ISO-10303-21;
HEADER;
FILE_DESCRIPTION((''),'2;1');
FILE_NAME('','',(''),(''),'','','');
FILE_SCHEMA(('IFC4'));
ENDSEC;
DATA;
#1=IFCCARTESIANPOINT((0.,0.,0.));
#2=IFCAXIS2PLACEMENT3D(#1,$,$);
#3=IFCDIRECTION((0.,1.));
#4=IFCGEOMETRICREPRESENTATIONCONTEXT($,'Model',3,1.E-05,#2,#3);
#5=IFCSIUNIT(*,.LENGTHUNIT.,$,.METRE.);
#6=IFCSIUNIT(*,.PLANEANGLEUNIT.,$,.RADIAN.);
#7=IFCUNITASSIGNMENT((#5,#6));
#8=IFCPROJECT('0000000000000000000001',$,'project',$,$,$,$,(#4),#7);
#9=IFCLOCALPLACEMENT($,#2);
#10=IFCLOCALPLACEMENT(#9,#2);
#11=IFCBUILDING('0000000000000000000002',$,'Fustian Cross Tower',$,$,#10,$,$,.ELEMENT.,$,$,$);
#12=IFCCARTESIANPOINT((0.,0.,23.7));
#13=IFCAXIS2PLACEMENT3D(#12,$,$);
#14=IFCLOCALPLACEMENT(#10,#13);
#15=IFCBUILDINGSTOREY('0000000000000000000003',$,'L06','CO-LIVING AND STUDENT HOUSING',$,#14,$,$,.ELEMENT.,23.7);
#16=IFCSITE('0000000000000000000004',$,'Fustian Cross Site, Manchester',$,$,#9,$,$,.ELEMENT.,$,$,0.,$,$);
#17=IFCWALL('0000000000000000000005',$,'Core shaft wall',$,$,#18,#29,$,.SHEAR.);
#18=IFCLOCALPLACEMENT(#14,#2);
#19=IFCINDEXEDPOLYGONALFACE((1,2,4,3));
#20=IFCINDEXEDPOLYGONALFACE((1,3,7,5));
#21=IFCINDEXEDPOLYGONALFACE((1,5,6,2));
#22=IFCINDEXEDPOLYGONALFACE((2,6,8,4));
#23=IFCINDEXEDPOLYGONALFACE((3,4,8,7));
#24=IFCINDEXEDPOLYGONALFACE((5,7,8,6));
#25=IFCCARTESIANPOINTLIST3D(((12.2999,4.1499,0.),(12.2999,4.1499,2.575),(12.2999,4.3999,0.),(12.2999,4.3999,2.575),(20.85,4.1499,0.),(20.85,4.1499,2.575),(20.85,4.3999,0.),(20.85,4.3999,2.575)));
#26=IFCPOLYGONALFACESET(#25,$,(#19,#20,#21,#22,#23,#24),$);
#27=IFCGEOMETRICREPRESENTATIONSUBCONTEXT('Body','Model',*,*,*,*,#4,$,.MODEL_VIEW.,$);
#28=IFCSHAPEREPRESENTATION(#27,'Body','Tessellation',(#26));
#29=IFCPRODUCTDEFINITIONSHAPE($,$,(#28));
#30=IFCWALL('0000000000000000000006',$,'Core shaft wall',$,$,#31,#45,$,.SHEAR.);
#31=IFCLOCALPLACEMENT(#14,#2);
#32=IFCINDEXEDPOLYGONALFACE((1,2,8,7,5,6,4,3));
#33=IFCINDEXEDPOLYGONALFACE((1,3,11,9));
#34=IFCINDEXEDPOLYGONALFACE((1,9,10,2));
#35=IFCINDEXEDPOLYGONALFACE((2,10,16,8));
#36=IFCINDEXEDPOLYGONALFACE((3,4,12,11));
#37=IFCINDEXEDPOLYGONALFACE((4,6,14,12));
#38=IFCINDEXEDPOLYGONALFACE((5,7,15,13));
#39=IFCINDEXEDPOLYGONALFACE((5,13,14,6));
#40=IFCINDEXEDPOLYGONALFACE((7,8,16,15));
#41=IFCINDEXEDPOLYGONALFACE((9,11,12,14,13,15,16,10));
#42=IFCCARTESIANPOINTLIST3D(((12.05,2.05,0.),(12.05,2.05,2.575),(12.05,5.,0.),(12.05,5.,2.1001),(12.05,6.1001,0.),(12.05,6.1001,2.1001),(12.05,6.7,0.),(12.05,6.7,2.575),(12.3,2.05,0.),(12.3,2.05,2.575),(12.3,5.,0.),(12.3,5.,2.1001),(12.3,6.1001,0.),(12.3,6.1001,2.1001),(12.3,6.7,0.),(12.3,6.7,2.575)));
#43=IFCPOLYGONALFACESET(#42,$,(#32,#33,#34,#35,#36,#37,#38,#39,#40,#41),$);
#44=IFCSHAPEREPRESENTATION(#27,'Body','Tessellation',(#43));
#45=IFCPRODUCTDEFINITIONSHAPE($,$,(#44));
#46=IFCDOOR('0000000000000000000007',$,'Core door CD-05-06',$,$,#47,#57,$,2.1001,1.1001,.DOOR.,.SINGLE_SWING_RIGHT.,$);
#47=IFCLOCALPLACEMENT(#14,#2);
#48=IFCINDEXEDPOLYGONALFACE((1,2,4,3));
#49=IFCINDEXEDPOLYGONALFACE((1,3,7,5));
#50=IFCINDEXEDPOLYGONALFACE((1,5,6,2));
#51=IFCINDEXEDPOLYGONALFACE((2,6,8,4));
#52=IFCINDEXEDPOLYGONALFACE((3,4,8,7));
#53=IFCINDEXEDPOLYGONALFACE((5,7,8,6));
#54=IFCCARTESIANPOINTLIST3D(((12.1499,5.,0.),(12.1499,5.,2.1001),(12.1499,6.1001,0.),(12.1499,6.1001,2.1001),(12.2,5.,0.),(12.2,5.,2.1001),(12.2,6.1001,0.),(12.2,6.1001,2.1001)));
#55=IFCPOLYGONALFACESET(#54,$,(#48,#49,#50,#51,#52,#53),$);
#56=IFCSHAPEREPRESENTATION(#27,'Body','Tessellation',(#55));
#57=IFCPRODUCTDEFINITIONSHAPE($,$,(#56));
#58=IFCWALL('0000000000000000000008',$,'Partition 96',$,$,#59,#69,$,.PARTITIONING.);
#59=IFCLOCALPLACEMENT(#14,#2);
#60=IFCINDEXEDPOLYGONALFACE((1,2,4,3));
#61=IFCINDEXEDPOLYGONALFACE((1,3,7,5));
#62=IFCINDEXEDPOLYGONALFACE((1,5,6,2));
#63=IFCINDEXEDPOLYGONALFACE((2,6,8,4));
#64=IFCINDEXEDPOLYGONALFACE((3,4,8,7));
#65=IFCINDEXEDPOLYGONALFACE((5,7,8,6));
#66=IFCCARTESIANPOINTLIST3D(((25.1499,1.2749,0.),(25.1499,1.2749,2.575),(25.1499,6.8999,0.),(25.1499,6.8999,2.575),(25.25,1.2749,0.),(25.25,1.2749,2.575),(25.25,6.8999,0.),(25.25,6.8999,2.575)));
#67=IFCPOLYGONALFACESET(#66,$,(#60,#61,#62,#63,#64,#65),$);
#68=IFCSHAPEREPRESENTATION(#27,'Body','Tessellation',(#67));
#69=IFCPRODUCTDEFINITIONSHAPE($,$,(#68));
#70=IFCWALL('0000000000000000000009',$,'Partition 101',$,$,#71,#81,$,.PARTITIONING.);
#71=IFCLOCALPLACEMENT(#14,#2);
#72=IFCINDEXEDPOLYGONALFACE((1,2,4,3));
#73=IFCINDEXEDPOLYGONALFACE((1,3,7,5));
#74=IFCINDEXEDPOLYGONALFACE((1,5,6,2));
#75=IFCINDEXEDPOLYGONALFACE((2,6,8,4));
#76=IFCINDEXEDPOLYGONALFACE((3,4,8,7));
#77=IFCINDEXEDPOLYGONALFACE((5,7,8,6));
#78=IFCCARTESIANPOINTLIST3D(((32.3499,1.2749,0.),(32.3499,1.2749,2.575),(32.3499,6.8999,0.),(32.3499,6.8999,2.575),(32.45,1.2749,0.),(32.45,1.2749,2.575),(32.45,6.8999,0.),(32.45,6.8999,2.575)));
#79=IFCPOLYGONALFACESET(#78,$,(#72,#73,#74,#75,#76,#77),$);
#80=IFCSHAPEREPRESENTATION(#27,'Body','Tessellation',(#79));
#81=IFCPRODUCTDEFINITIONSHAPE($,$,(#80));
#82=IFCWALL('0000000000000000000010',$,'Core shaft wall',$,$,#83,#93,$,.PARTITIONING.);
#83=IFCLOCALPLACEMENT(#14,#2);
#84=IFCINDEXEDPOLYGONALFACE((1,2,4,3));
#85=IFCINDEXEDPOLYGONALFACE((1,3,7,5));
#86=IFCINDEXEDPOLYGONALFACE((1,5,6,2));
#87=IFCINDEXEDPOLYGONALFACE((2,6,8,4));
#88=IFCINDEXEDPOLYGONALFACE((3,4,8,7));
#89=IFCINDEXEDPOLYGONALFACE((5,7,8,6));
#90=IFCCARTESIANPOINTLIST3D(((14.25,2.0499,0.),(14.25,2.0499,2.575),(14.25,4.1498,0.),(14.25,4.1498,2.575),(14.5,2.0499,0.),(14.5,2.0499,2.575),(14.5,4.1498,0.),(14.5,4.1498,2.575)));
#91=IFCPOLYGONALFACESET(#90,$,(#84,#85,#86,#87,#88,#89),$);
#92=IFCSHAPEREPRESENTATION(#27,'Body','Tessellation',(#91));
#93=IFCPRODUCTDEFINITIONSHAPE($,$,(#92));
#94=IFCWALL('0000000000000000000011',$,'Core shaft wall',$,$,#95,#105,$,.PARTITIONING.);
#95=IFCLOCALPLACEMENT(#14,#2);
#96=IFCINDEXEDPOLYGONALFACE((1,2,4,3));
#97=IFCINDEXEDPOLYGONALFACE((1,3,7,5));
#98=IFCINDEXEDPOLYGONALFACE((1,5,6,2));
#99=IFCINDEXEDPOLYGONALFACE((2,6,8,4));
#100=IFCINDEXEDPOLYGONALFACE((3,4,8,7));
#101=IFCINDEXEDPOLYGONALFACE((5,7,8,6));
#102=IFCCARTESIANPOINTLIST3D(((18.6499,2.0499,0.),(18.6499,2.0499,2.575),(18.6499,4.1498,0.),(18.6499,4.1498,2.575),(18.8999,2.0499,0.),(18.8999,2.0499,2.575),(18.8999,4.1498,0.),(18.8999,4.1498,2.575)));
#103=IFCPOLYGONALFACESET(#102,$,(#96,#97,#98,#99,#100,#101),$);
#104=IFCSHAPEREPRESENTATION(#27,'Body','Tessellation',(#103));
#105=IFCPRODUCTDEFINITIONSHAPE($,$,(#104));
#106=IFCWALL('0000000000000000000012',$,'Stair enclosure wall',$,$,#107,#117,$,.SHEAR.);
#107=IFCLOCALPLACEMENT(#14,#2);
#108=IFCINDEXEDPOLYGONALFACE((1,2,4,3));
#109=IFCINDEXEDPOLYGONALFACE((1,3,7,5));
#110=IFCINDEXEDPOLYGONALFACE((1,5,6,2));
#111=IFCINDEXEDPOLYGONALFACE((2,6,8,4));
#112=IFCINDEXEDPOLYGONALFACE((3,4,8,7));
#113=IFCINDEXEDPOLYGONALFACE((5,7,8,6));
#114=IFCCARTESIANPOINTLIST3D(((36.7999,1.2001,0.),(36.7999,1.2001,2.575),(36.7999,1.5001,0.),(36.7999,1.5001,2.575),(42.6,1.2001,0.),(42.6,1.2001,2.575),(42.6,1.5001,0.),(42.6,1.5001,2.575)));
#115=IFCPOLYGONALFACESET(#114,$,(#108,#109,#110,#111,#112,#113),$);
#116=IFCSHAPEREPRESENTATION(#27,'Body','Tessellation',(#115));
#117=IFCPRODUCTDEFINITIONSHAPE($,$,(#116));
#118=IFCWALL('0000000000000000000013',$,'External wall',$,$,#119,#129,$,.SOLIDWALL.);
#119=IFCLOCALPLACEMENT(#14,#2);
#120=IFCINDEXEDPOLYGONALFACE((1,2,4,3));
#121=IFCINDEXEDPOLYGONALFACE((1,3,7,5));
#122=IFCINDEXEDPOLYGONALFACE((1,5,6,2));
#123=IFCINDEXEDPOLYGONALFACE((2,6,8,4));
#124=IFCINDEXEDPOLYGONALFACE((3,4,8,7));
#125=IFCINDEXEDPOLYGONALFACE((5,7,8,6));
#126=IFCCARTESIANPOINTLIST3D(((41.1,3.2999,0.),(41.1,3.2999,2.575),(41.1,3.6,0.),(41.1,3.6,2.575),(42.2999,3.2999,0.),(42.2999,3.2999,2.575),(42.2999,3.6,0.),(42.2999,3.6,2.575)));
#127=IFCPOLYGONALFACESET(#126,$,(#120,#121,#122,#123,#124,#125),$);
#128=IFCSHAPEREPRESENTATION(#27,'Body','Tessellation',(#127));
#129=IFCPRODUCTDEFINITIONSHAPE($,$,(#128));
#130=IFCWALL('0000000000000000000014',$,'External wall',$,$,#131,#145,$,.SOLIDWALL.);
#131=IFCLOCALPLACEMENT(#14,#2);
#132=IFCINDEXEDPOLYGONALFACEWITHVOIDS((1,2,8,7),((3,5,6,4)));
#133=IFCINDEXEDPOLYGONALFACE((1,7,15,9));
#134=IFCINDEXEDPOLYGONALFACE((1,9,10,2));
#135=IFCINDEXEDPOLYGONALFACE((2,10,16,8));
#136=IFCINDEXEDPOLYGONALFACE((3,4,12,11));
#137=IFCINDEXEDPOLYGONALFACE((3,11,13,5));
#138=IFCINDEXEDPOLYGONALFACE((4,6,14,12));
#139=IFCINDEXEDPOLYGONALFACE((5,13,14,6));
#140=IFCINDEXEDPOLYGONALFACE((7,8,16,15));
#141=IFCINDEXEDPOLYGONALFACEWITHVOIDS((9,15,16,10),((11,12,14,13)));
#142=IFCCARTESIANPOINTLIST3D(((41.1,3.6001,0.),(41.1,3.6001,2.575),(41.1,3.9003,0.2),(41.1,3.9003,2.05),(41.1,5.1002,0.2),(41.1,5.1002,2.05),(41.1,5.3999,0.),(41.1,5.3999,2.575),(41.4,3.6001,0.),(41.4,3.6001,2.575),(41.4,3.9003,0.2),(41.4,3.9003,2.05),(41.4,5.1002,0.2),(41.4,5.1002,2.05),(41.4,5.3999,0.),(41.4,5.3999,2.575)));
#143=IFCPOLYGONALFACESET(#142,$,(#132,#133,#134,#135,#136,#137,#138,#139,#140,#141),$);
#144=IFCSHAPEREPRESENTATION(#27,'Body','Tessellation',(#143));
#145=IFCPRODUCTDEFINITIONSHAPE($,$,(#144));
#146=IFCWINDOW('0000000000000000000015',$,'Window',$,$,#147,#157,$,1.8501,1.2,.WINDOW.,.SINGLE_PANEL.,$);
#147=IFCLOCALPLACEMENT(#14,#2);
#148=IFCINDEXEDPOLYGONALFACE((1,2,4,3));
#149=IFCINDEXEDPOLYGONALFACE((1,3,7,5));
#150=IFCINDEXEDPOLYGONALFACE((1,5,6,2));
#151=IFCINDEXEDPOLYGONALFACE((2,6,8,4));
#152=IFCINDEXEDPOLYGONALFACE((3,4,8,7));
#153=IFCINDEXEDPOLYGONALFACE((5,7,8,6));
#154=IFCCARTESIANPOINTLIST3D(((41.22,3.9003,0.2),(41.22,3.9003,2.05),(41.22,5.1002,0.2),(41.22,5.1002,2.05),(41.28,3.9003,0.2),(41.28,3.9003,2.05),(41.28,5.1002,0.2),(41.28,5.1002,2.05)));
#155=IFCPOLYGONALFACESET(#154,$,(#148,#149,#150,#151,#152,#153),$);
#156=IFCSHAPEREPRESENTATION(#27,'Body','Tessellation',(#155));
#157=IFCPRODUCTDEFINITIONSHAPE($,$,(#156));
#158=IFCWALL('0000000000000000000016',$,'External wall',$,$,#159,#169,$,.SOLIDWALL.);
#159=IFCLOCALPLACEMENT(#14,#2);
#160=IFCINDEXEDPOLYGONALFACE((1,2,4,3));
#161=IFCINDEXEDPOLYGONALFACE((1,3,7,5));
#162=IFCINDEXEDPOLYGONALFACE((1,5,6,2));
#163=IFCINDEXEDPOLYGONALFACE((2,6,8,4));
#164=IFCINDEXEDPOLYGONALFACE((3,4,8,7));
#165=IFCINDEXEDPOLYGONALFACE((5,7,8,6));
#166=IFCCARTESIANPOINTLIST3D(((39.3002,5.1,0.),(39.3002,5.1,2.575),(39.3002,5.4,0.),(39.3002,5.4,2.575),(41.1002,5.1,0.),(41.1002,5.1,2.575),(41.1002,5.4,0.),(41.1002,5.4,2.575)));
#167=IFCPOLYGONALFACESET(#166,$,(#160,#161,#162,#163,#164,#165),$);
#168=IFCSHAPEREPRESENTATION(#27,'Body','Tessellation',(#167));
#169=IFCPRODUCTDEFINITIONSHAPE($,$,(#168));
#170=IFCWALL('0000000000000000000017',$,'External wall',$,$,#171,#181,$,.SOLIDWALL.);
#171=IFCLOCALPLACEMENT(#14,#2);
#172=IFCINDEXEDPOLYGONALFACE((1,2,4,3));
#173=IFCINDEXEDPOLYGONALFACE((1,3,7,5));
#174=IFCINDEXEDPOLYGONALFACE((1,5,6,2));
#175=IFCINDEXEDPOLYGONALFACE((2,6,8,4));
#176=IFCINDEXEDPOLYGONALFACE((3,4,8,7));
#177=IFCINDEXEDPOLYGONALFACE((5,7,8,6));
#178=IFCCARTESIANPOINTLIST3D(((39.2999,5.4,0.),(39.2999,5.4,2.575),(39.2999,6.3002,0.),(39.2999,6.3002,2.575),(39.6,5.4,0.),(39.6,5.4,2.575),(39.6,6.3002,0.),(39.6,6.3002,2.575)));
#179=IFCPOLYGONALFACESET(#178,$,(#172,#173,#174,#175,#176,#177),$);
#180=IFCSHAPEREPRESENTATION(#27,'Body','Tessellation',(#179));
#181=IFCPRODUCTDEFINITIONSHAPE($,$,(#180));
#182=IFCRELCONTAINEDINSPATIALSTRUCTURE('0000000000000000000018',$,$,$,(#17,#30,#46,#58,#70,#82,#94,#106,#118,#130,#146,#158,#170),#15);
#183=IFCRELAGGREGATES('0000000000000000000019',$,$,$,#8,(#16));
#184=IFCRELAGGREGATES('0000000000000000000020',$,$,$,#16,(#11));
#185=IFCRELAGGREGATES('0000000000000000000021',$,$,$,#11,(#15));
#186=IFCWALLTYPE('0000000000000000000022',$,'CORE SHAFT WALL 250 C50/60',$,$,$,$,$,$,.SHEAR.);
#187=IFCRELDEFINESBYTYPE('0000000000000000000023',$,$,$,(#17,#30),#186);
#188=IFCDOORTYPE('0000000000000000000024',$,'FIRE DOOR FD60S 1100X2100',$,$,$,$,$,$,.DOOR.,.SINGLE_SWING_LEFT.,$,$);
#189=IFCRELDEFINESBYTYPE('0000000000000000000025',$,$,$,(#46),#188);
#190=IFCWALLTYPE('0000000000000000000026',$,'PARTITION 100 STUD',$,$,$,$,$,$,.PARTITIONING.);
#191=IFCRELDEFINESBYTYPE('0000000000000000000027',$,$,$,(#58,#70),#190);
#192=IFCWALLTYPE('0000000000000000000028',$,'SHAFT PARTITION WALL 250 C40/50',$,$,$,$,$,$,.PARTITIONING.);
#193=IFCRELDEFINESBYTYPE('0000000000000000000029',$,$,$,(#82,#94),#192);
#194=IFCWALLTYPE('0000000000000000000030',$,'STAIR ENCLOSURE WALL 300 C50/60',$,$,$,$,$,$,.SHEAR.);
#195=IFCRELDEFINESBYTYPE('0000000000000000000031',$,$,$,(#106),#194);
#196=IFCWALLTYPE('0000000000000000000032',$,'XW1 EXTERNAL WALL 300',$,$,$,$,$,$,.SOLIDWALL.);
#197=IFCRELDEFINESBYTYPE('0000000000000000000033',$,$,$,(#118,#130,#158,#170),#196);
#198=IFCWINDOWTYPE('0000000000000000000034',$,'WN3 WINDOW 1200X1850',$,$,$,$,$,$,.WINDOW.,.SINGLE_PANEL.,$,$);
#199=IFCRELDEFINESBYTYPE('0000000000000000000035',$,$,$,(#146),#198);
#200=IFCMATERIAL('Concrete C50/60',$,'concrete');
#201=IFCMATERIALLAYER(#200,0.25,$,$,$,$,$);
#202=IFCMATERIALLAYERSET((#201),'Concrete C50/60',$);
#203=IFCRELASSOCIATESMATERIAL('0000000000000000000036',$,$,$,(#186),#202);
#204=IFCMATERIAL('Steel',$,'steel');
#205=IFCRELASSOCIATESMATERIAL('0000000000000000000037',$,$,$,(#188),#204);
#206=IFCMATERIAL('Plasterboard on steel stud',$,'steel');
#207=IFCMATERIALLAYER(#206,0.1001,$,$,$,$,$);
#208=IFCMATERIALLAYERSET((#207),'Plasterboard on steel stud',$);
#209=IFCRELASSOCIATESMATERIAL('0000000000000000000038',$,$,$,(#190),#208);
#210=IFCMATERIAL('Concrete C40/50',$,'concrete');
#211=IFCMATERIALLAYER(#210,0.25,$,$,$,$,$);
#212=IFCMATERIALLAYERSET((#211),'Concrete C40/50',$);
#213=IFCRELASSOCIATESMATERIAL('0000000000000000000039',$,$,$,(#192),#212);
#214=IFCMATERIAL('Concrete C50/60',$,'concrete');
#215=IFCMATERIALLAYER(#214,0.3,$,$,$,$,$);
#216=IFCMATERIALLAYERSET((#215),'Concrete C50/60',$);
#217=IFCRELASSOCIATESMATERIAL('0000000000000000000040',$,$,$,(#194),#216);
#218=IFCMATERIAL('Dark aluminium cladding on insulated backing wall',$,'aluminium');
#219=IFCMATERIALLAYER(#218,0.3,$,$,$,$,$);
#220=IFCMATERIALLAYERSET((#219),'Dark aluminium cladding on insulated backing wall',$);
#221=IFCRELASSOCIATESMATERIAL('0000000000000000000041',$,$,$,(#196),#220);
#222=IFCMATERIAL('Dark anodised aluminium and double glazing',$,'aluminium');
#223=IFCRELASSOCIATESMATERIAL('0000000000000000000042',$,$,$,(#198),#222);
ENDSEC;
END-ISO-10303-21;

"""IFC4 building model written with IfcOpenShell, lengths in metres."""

from ifc_helpers import new_model, si_unit, direction, frame, frame_2d, origin, place, context, subcontext, project, spatial, rectangle, extrude, material, layer, layer_set, type_object, element, fill, save


model = new_model("IFC4")

# Units and contexts
model_context = context("Model", 3, precision=1e-05, world=origin(), true_north=direction((0.0, 1.0)))
body_context = subcontext(model_context, "Body", "Model", "MODEL_VIEW")
ifc_project = project(units=[si_unit("LENGTHUNIT", "METRE"), si_unit("PLANEANGLEUNIT", "RADIAN")], contexts=[model_context])

# Site, building, storey
site_placement = place(None, origin())
site = spatial("IfcSite", under=ifc_project, at=site_placement, Name="Fustian Cross Site, Manchester", CompositionType="ELEMENT", RefElevation=0.0)
building_placement = place(site_placement, origin())
building = spatial("IfcBuilding", under=site, at=building_placement, Name="Fustian Cross Tower", CompositionType="ELEMENT")
storey_placement = place(building_placement, frame((0.0, 0.0, 23.7)))
storey = spatial("IfcBuildingStorey", under=building, at=storey_placement, Name="L06", Description="CO-LIVING AND STUDENT HOUSING", CompositionType="ELEMENT", Elevation=23.7)

# Wall
ifc_material_1 = material(Name="Concrete C50/60", Category="concrete")
ifc_layer_1 = layer(ifc_material_1, 0.25)
ifc_layer_set_1 = layer_set([ifc_layer_1], Name="Concrete C50/60")
wall_type_1 = type_object("IfcWallType", Name="CORE SHAFT WALL 250 C50/60", PredefinedType="SHEAR", material=ifc_layer_set_1)
wall_1_placement = place(storey_placement, frame((12.3, 4.2749, 0.0), z_axis=(0.0, 0.0, 1.0), x_axis=(1.0, 0.0, 0.0)))
element("IfcWall", 1, at=wall_1_placement, inside=storey, type_object=wall_type_1, Name="Core shaft wall", PredefinedType="SHEAR", context=body_context, shape_type="SweptSolid", body=[
    extrude(rectangle(XDim=8.55, YDim=0.25, at=frame_2d((4.2749, 0.0))), origin(), (0.0, 0.0, 1.0), 2.575),
])

# Wall, opening, door
wall_2_placement = place(storey_placement, frame((12.175, 2.05, 0.0), z_axis=(0.0, 0.0, 1.0), x_axis=(0.0, 1.0, 0.0)))
wall_2 = element("IfcWall", 2, at=wall_2_placement, inside=storey, type_object=wall_type_1, Name="Core shaft wall", PredefinedType="SHEAR", context=body_context, shape_type="SweptSolid", body=[
    extrude(rectangle(XDim=4.6499, YDim=0.25, at=frame_2d((2.325, 0.0))), origin(), (0.0, 0.0, 1.0), 2.575),
])
opening_1_placement = place(wall_2_placement, frame((2.95, 0.0, 0.0)))
opening_1 = element("IfcOpeningElement", 3, at=opening_1_placement, cuts=wall_2, PredefinedType="OPENING", context=body_context, shape_type="SweptSolid", body=[
    extrude(rectangle(XDim=1.1001, YDim=2.1001, at=frame_2d((0.55, 1.05))), frame((0.0, 0.135, 0.0), z_axis=(0.0, -1.0, 0.0), x_axis=(1.0, 0.0, 0.0)), (0.0, 0.0, 1.0), 0.27),
])
ifc_material_2 = material(Name="Steel", Category="steel")
door_type_1 = type_object("IfcDoorType", Name="FIRE DOOR FD60S 1100X2100", OperationType="SINGLE_SWING_LEFT", PredefinedType="DOOR", material=ifc_material_2)
door_1_placement = place(opening_1_placement, frame((1.1001, 0.0, 0.0), z_axis=(0.0, 0.0, 1.0), x_axis=(-1.0, 0.0, 0.0)))
door_1 = element("IfcDoor", 4, at=door_1_placement, inside=storey, type_object=door_type_1, Name="Core door CD-05-06", OperationType="SINGLE_SWING_RIGHT", OverallHeight=2.1001, OverallWidth=1.1001, PredefinedType="DOOR", context=body_context, shape_type="SweptSolid", body=[
    extrude(rectangle(XDim=1.1001, YDim=2.1001, at=frame_2d((0.55, 1.05))), frame((0.0, 0.0249, 0.0), z_axis=(0.0, -1.0, 0.0), x_axis=(1.0, 0.0, 0.0)), (0.0, 0.0, 1.0), 0.05),
])
fill(opening_1, door_1)

# Walls
ifc_material_3 = material(Name="Plasterboard on steel stud", Category="steel")
ifc_layer_2 = layer(ifc_material_3, 0.1001)
ifc_layer_set_2 = layer_set([ifc_layer_2], Name="Plasterboard on steel stud")
wall_type_2 = type_object("IfcWallType", Name="PARTITION 100 STUD", PredefinedType="PARTITIONING", material=ifc_layer_set_2)
for number, where, z_axis, x_axis, name in (
    (5, (25.2, 1.2749, 0.0), (0.0, 0.0, 1.0), (0.0, 1.0, 0.0), "Partition 96"),
    (6, (32.3999, 1.2749, 0.0), (0.0, 0.0, 1.0), (0.0, 1.0, 0.0), "Partition 101"),
):
    element("IfcWall", number, at=place(storey_placement, frame(where, z_axis=z_axis, x_axis=x_axis)), inside=storey, type_object=wall_type_2, Name=name, PredefinedType="PARTITIONING", context=body_context, shape_type="SweptSolid", body=[
        extrude(rectangle(XDim=5.625, YDim=0.1001, at=frame_2d((2.8125, 0.0))), origin(), (0.0, 0.0, 1.0), 2.575),
    ])
ifc_material_4 = material(Name="Concrete C40/50", Category="concrete")
ifc_layer_3 = layer(ifc_material_4, 0.25)
ifc_layer_set_3 = layer_set([ifc_layer_3], Name="Concrete C40/50")
wall_type_3 = type_object("IfcWallType", Name="SHAFT PARTITION WALL 250 C40/50", PredefinedType="PARTITIONING", material=ifc_layer_set_3)
for number, where, z_axis, x_axis, name in (
    (7, (14.375, 2.05, 0.0), (0.0, 0.0, 1.0), (0.0, 1.0, 0.0), "Core shaft wall"),
    (8, (18.7749, 2.05, 0.0), (0.0, 0.0, 1.0), (0.0, 1.0, 0.0), "Core shaft wall"),
):
    element("IfcWall", number, at=place(storey_placement, frame(where, z_axis=z_axis, x_axis=x_axis)), inside=storey, type_object=wall_type_3, Name=name, PredefinedType="PARTITIONING", context=body_context, shape_type="SweptSolid", body=[
        extrude(rectangle(XDim=2.0999, YDim=0.25, at=frame_2d((1.0498, 0.0))), origin(), (0.0, 0.0, 1.0), 2.575),
    ])
ifc_material_5 = material(Name="Concrete C50/60", Category="concrete")
ifc_layer_4 = layer(ifc_material_5, 0.3)
ifc_layer_set_4 = layer_set([ifc_layer_4], Name="Concrete C50/60")
wall_type_4 = type_object("IfcWallType", Name="STAIR ENCLOSURE WALL 300 C50/60", PredefinedType="SHEAR", material=ifc_layer_set_4)
wall_3_placement = place(storey_placement, frame((36.8, 1.3501, 0.0), z_axis=(0.0, 0.0, 1.0), x_axis=(1.0, 0.0, 0.0)))
element("IfcWall", 9, at=wall_3_placement, inside=storey, type_object=wall_type_4, Name="Stair enclosure wall", PredefinedType="SHEAR", context=body_context, shape_type="SweptSolid", body=[
    extrude(rectangle(XDim=5.8, YDim=0.3, at=frame_2d((2.8999, 0.0))), origin(), (0.0, 0.0, 1.0), 2.575),
])
ifc_material_6 = material(Name="Dark aluminium cladding on insulated backing wall", Category="aluminium")
ifc_layer_5 = layer(ifc_material_6, 0.3)
ifc_layer_set_5 = layer_set([ifc_layer_5], Name="Dark aluminium cladding on insulated backing wall")
wall_type_5 = type_object("IfcWallType", Name="XW1 EXTERNAL WALL 300", PredefinedType="SOLIDWALL", material=ifc_layer_set_5)
wall_4_placement = place(storey_placement, frame((42.3, 3.45, 0.0), z_axis=(0.0, 0.0, 1.0), x_axis=(-1.0, 0.0, 0.0)))
element("IfcWall", 10, at=wall_4_placement, inside=storey, type_object=wall_type_5, Name="External wall", PredefinedType="SOLIDWALL", context=body_context, shape_type="SweptSolid", body=[
    extrude(rectangle(XDim=1.2, YDim=0.3, at=frame_2d((0.6001, 0.0))), origin(), (0.0, 0.0, 1.0), 2.575),
])

# Wall, opening, window
wall_5_placement = place(storey_placement, frame((41.25, 3.6001, 0.0), z_axis=(0.0, 0.0, 1.0), x_axis=(0.0, 1.0, 0.0)))
wall_5 = element("IfcWall", 11, at=wall_5_placement, inside=storey, type_object=wall_type_5, Name="External wall", PredefinedType="SOLIDWALL", context=body_context, shape_type="SweptSolid", body=[
    extrude(rectangle(XDim=1.7998, YDim=0.3, at=frame_2d((0.8999, 0.0))), origin(), (0.0, 0.0, 1.0), 2.575),
])
opening_2_placement = place(wall_5_placement, frame((0.3, 0.0, 0.2)))
opening_2 = element("IfcOpeningElement", 12, at=opening_2_placement, cuts=wall_5, PredefinedType="OPENING", context=body_context, shape_type="SweptSolid", body=[
    extrude(rectangle(XDim=1.2, YDim=1.8501, at=frame_2d((0.6001, 0.925))), frame((0.0, 0.1599, 0.0), z_axis=(0.0, -1.0, 0.0), x_axis=(1.0, 0.0, 0.0)), (0.0, 0.0, 1.0), 0.3201),
])
ifc_material_7 = material(Name="Dark anodised aluminium and double glazing", Category="aluminium")
window_type = type_object("IfcWindowType", Name="WN3 WINDOW 1200X1850", PartitioningType="SINGLE_PANEL", PredefinedType="WINDOW", material=ifc_material_7)
window_placement = place(opening_2_placement, origin())
window = element("IfcWindow", 13, at=window_placement, inside=storey, type_object=window_type, Name="Window", OverallHeight=1.8501, OverallWidth=1.2, PartitioningType="SINGLE_PANEL", PredefinedType="WINDOW", context=body_context, shape_type="SweptSolid", body=[
    extrude(rectangle(XDim=1.2, YDim=1.8501, at=frame_2d((0.6001, 0.925))), frame((0.0, 0.03, 0.0), z_axis=(0.0, -1.0, 0.0), x_axis=(1.0, 0.0, 0.0)), (0.0, 0.0, 1.0), 0.0601),
])
fill(opening_2, window)

# Walls
wall_6_placement = place(storey_placement, frame((41.1001, 5.25, 0.0), z_axis=(0.0, 0.0, 1.0), x_axis=(-1.0, 0.0, 0.0)))
element("IfcWall", 14, at=wall_6_placement, inside=storey, type_object=wall_type_5, Name="External wall", PredefinedType="SOLIDWALL", context=body_context, shape_type="SweptSolid", body=[
    extrude(rectangle(XDim=1.8, YDim=0.3, at=frame_2d((0.8999, 0.0))), origin(), (0.0, 0.0, 1.0), 2.575),
])
wall_7_placement = place(storey_placement, frame((39.45, 5.3999, 0.0), z_axis=(0.0, 0.0, 1.0), x_axis=(0.0, 1.0, 0.0)))
element("IfcWall", 15, at=wall_7_placement, inside=storey, type_object=wall_type_5, Name="External wall", PredefinedType="SOLIDWALL", context=body_context, shape_type="SweptSolid", body=[
    extrude(rectangle(XDim=0.9001, YDim=0.3, at=frame_2d((0.4502, 0.0))), origin(), (0.0, 0.0, 1.0), 2.575),
])

save(model, "model.ifc")
